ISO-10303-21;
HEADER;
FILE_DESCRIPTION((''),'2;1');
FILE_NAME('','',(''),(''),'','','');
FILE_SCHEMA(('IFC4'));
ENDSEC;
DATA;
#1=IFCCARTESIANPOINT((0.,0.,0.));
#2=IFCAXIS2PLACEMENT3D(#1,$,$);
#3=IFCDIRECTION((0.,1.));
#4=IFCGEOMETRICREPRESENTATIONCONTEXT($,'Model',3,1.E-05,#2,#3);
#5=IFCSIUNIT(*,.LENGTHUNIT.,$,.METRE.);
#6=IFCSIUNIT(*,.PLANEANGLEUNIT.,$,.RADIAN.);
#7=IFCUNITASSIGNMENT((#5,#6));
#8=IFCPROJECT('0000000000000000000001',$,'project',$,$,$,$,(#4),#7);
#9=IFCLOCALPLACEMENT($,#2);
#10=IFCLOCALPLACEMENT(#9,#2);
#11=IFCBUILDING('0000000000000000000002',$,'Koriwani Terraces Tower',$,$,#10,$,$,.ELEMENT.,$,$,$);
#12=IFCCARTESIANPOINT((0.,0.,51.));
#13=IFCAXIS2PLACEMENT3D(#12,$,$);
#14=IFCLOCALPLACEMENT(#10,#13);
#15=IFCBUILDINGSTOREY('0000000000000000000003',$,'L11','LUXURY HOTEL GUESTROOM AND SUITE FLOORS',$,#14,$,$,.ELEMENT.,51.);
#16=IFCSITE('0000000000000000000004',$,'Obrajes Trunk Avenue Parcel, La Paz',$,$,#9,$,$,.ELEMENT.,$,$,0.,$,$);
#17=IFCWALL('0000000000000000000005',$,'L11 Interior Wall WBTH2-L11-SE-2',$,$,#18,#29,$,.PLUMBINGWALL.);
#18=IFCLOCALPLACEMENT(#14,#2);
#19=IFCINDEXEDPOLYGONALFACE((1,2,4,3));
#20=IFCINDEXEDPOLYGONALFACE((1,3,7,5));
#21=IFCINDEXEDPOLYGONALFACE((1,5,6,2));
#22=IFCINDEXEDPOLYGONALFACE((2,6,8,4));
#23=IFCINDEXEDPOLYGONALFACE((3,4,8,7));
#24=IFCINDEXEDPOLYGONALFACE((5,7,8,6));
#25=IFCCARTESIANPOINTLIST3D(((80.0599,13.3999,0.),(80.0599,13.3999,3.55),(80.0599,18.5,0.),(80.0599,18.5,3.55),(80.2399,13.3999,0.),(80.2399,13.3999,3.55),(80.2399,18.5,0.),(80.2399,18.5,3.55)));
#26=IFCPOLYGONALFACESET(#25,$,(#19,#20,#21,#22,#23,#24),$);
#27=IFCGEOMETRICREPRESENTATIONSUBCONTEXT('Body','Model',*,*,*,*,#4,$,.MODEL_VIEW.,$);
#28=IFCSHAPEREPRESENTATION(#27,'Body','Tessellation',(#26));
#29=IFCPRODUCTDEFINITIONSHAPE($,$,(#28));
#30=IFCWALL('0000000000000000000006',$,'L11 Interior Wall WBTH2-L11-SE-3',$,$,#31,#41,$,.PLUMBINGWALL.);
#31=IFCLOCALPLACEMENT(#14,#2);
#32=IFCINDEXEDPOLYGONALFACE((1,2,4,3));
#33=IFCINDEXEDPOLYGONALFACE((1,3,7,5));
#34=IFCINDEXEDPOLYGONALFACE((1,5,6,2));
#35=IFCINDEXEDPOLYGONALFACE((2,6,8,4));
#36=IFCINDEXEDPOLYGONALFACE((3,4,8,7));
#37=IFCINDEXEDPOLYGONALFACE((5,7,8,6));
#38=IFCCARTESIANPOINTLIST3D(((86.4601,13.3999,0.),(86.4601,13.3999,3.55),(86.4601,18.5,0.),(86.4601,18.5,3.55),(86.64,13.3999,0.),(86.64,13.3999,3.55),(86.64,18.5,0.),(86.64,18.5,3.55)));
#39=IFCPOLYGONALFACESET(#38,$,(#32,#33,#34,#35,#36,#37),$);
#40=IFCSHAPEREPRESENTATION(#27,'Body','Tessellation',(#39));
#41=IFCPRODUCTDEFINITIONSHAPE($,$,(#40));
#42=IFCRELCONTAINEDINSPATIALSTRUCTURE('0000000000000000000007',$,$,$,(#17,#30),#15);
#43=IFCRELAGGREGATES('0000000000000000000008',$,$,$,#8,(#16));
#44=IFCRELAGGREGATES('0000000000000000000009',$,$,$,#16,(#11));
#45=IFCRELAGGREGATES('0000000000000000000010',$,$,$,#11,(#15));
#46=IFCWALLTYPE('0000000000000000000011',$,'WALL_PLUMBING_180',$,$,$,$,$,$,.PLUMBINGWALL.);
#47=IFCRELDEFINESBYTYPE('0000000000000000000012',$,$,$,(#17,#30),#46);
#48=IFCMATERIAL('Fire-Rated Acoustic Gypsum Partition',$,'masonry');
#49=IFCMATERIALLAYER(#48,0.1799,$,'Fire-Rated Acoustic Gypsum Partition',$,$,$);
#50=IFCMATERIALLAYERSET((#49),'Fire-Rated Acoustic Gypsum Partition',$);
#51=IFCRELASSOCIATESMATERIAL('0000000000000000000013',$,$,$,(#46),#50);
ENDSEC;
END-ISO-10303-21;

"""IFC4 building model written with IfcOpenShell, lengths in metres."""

from ifc_helpers import new_model, si_unit, direction, frame, frame_2d, origin, place, context, subcontext, project, spatial, rectangle, extrude, material, layer, layer_set, type_object, element, save


model = new_model("IFC4")

# Units and contexts
model_context = context("Model", 3, precision=1e-05, world=origin(), true_north=direction((0.0, 1.0)))
body_context = subcontext(model_context, "Body", "Model", "MODEL_VIEW")
ifc_project = project(units=[si_unit("LENGTHUNIT", "METRE"), si_unit("PLANEANGLEUNIT", "RADIAN")], contexts=[model_context])

# Site, building, storey
site_placement = place(None, origin())
site = spatial("IfcSite", under=ifc_project, at=site_placement, Name="Obrajes Trunk Avenue Parcel, La Paz", CompositionType="ELEMENT", RefElevation=0.0)
building_placement = place(site_placement, origin())
building = spatial("IfcBuilding", under=site, at=building_placement, Name="Koriwani Terraces Tower", CompositionType="ELEMENT")
storey_placement = place(building_placement, frame((0.0, 0.0, 51.0)))
storey = spatial("IfcBuildingStorey", under=building, at=storey_placement, Name="L11", Description="LUXURY HOTEL GUESTROOM AND SUITE FLOORS", CompositionType="ELEMENT", Elevation=51.0)

# Walls
ifc_material_1 = material(Name="Fire-Rated Acoustic Gypsum Partition", Category="masonry")
ifc_layer_1 = layer(ifc_material_1, 0.1799, Name="Fire-Rated Acoustic Gypsum Partition")
ifc_layer_set_1 = layer_set([ifc_layer_1], Name="Fire-Rated Acoustic Gypsum Partition")
wall_type_1 = type_object("IfcWallType", Name="WALL_PLUMBING_180", PredefinedType="PLUMBINGWALL", material=ifc_layer_set_1)
for number, where, z_axis, x_axis, name in (
    (1, (80.1499, 13.3999, 0.0), (0.0, 0.0, 1.0), (0.0, 1.0, 0.0), "L11 Interior Wall WBTH2-L11-SE-2"),
    (2, (86.55, 13.3999, 0.0), (0.0, 0.0, 1.0), (0.0, 1.0, 0.0), "L11 Interior Wall WBTH2-L11-SE-3"),
):
    element("IfcWall", number, at=place(storey_placement, frame(where, z_axis=z_axis, x_axis=x_axis)), inside=storey, type_object=wall_type_1, Name=name, PredefinedType="PLUMBINGWALL", context=body_context, shape_type="SweptSolid", body=[
        extrude(rectangle(XDim=5.1001, YDim=0.1799, at=frame_2d((2.55, 0.0))), origin(), (0.0, 0.0, 1.0), 3.55),
    ])

save(model, "model.ifc")
